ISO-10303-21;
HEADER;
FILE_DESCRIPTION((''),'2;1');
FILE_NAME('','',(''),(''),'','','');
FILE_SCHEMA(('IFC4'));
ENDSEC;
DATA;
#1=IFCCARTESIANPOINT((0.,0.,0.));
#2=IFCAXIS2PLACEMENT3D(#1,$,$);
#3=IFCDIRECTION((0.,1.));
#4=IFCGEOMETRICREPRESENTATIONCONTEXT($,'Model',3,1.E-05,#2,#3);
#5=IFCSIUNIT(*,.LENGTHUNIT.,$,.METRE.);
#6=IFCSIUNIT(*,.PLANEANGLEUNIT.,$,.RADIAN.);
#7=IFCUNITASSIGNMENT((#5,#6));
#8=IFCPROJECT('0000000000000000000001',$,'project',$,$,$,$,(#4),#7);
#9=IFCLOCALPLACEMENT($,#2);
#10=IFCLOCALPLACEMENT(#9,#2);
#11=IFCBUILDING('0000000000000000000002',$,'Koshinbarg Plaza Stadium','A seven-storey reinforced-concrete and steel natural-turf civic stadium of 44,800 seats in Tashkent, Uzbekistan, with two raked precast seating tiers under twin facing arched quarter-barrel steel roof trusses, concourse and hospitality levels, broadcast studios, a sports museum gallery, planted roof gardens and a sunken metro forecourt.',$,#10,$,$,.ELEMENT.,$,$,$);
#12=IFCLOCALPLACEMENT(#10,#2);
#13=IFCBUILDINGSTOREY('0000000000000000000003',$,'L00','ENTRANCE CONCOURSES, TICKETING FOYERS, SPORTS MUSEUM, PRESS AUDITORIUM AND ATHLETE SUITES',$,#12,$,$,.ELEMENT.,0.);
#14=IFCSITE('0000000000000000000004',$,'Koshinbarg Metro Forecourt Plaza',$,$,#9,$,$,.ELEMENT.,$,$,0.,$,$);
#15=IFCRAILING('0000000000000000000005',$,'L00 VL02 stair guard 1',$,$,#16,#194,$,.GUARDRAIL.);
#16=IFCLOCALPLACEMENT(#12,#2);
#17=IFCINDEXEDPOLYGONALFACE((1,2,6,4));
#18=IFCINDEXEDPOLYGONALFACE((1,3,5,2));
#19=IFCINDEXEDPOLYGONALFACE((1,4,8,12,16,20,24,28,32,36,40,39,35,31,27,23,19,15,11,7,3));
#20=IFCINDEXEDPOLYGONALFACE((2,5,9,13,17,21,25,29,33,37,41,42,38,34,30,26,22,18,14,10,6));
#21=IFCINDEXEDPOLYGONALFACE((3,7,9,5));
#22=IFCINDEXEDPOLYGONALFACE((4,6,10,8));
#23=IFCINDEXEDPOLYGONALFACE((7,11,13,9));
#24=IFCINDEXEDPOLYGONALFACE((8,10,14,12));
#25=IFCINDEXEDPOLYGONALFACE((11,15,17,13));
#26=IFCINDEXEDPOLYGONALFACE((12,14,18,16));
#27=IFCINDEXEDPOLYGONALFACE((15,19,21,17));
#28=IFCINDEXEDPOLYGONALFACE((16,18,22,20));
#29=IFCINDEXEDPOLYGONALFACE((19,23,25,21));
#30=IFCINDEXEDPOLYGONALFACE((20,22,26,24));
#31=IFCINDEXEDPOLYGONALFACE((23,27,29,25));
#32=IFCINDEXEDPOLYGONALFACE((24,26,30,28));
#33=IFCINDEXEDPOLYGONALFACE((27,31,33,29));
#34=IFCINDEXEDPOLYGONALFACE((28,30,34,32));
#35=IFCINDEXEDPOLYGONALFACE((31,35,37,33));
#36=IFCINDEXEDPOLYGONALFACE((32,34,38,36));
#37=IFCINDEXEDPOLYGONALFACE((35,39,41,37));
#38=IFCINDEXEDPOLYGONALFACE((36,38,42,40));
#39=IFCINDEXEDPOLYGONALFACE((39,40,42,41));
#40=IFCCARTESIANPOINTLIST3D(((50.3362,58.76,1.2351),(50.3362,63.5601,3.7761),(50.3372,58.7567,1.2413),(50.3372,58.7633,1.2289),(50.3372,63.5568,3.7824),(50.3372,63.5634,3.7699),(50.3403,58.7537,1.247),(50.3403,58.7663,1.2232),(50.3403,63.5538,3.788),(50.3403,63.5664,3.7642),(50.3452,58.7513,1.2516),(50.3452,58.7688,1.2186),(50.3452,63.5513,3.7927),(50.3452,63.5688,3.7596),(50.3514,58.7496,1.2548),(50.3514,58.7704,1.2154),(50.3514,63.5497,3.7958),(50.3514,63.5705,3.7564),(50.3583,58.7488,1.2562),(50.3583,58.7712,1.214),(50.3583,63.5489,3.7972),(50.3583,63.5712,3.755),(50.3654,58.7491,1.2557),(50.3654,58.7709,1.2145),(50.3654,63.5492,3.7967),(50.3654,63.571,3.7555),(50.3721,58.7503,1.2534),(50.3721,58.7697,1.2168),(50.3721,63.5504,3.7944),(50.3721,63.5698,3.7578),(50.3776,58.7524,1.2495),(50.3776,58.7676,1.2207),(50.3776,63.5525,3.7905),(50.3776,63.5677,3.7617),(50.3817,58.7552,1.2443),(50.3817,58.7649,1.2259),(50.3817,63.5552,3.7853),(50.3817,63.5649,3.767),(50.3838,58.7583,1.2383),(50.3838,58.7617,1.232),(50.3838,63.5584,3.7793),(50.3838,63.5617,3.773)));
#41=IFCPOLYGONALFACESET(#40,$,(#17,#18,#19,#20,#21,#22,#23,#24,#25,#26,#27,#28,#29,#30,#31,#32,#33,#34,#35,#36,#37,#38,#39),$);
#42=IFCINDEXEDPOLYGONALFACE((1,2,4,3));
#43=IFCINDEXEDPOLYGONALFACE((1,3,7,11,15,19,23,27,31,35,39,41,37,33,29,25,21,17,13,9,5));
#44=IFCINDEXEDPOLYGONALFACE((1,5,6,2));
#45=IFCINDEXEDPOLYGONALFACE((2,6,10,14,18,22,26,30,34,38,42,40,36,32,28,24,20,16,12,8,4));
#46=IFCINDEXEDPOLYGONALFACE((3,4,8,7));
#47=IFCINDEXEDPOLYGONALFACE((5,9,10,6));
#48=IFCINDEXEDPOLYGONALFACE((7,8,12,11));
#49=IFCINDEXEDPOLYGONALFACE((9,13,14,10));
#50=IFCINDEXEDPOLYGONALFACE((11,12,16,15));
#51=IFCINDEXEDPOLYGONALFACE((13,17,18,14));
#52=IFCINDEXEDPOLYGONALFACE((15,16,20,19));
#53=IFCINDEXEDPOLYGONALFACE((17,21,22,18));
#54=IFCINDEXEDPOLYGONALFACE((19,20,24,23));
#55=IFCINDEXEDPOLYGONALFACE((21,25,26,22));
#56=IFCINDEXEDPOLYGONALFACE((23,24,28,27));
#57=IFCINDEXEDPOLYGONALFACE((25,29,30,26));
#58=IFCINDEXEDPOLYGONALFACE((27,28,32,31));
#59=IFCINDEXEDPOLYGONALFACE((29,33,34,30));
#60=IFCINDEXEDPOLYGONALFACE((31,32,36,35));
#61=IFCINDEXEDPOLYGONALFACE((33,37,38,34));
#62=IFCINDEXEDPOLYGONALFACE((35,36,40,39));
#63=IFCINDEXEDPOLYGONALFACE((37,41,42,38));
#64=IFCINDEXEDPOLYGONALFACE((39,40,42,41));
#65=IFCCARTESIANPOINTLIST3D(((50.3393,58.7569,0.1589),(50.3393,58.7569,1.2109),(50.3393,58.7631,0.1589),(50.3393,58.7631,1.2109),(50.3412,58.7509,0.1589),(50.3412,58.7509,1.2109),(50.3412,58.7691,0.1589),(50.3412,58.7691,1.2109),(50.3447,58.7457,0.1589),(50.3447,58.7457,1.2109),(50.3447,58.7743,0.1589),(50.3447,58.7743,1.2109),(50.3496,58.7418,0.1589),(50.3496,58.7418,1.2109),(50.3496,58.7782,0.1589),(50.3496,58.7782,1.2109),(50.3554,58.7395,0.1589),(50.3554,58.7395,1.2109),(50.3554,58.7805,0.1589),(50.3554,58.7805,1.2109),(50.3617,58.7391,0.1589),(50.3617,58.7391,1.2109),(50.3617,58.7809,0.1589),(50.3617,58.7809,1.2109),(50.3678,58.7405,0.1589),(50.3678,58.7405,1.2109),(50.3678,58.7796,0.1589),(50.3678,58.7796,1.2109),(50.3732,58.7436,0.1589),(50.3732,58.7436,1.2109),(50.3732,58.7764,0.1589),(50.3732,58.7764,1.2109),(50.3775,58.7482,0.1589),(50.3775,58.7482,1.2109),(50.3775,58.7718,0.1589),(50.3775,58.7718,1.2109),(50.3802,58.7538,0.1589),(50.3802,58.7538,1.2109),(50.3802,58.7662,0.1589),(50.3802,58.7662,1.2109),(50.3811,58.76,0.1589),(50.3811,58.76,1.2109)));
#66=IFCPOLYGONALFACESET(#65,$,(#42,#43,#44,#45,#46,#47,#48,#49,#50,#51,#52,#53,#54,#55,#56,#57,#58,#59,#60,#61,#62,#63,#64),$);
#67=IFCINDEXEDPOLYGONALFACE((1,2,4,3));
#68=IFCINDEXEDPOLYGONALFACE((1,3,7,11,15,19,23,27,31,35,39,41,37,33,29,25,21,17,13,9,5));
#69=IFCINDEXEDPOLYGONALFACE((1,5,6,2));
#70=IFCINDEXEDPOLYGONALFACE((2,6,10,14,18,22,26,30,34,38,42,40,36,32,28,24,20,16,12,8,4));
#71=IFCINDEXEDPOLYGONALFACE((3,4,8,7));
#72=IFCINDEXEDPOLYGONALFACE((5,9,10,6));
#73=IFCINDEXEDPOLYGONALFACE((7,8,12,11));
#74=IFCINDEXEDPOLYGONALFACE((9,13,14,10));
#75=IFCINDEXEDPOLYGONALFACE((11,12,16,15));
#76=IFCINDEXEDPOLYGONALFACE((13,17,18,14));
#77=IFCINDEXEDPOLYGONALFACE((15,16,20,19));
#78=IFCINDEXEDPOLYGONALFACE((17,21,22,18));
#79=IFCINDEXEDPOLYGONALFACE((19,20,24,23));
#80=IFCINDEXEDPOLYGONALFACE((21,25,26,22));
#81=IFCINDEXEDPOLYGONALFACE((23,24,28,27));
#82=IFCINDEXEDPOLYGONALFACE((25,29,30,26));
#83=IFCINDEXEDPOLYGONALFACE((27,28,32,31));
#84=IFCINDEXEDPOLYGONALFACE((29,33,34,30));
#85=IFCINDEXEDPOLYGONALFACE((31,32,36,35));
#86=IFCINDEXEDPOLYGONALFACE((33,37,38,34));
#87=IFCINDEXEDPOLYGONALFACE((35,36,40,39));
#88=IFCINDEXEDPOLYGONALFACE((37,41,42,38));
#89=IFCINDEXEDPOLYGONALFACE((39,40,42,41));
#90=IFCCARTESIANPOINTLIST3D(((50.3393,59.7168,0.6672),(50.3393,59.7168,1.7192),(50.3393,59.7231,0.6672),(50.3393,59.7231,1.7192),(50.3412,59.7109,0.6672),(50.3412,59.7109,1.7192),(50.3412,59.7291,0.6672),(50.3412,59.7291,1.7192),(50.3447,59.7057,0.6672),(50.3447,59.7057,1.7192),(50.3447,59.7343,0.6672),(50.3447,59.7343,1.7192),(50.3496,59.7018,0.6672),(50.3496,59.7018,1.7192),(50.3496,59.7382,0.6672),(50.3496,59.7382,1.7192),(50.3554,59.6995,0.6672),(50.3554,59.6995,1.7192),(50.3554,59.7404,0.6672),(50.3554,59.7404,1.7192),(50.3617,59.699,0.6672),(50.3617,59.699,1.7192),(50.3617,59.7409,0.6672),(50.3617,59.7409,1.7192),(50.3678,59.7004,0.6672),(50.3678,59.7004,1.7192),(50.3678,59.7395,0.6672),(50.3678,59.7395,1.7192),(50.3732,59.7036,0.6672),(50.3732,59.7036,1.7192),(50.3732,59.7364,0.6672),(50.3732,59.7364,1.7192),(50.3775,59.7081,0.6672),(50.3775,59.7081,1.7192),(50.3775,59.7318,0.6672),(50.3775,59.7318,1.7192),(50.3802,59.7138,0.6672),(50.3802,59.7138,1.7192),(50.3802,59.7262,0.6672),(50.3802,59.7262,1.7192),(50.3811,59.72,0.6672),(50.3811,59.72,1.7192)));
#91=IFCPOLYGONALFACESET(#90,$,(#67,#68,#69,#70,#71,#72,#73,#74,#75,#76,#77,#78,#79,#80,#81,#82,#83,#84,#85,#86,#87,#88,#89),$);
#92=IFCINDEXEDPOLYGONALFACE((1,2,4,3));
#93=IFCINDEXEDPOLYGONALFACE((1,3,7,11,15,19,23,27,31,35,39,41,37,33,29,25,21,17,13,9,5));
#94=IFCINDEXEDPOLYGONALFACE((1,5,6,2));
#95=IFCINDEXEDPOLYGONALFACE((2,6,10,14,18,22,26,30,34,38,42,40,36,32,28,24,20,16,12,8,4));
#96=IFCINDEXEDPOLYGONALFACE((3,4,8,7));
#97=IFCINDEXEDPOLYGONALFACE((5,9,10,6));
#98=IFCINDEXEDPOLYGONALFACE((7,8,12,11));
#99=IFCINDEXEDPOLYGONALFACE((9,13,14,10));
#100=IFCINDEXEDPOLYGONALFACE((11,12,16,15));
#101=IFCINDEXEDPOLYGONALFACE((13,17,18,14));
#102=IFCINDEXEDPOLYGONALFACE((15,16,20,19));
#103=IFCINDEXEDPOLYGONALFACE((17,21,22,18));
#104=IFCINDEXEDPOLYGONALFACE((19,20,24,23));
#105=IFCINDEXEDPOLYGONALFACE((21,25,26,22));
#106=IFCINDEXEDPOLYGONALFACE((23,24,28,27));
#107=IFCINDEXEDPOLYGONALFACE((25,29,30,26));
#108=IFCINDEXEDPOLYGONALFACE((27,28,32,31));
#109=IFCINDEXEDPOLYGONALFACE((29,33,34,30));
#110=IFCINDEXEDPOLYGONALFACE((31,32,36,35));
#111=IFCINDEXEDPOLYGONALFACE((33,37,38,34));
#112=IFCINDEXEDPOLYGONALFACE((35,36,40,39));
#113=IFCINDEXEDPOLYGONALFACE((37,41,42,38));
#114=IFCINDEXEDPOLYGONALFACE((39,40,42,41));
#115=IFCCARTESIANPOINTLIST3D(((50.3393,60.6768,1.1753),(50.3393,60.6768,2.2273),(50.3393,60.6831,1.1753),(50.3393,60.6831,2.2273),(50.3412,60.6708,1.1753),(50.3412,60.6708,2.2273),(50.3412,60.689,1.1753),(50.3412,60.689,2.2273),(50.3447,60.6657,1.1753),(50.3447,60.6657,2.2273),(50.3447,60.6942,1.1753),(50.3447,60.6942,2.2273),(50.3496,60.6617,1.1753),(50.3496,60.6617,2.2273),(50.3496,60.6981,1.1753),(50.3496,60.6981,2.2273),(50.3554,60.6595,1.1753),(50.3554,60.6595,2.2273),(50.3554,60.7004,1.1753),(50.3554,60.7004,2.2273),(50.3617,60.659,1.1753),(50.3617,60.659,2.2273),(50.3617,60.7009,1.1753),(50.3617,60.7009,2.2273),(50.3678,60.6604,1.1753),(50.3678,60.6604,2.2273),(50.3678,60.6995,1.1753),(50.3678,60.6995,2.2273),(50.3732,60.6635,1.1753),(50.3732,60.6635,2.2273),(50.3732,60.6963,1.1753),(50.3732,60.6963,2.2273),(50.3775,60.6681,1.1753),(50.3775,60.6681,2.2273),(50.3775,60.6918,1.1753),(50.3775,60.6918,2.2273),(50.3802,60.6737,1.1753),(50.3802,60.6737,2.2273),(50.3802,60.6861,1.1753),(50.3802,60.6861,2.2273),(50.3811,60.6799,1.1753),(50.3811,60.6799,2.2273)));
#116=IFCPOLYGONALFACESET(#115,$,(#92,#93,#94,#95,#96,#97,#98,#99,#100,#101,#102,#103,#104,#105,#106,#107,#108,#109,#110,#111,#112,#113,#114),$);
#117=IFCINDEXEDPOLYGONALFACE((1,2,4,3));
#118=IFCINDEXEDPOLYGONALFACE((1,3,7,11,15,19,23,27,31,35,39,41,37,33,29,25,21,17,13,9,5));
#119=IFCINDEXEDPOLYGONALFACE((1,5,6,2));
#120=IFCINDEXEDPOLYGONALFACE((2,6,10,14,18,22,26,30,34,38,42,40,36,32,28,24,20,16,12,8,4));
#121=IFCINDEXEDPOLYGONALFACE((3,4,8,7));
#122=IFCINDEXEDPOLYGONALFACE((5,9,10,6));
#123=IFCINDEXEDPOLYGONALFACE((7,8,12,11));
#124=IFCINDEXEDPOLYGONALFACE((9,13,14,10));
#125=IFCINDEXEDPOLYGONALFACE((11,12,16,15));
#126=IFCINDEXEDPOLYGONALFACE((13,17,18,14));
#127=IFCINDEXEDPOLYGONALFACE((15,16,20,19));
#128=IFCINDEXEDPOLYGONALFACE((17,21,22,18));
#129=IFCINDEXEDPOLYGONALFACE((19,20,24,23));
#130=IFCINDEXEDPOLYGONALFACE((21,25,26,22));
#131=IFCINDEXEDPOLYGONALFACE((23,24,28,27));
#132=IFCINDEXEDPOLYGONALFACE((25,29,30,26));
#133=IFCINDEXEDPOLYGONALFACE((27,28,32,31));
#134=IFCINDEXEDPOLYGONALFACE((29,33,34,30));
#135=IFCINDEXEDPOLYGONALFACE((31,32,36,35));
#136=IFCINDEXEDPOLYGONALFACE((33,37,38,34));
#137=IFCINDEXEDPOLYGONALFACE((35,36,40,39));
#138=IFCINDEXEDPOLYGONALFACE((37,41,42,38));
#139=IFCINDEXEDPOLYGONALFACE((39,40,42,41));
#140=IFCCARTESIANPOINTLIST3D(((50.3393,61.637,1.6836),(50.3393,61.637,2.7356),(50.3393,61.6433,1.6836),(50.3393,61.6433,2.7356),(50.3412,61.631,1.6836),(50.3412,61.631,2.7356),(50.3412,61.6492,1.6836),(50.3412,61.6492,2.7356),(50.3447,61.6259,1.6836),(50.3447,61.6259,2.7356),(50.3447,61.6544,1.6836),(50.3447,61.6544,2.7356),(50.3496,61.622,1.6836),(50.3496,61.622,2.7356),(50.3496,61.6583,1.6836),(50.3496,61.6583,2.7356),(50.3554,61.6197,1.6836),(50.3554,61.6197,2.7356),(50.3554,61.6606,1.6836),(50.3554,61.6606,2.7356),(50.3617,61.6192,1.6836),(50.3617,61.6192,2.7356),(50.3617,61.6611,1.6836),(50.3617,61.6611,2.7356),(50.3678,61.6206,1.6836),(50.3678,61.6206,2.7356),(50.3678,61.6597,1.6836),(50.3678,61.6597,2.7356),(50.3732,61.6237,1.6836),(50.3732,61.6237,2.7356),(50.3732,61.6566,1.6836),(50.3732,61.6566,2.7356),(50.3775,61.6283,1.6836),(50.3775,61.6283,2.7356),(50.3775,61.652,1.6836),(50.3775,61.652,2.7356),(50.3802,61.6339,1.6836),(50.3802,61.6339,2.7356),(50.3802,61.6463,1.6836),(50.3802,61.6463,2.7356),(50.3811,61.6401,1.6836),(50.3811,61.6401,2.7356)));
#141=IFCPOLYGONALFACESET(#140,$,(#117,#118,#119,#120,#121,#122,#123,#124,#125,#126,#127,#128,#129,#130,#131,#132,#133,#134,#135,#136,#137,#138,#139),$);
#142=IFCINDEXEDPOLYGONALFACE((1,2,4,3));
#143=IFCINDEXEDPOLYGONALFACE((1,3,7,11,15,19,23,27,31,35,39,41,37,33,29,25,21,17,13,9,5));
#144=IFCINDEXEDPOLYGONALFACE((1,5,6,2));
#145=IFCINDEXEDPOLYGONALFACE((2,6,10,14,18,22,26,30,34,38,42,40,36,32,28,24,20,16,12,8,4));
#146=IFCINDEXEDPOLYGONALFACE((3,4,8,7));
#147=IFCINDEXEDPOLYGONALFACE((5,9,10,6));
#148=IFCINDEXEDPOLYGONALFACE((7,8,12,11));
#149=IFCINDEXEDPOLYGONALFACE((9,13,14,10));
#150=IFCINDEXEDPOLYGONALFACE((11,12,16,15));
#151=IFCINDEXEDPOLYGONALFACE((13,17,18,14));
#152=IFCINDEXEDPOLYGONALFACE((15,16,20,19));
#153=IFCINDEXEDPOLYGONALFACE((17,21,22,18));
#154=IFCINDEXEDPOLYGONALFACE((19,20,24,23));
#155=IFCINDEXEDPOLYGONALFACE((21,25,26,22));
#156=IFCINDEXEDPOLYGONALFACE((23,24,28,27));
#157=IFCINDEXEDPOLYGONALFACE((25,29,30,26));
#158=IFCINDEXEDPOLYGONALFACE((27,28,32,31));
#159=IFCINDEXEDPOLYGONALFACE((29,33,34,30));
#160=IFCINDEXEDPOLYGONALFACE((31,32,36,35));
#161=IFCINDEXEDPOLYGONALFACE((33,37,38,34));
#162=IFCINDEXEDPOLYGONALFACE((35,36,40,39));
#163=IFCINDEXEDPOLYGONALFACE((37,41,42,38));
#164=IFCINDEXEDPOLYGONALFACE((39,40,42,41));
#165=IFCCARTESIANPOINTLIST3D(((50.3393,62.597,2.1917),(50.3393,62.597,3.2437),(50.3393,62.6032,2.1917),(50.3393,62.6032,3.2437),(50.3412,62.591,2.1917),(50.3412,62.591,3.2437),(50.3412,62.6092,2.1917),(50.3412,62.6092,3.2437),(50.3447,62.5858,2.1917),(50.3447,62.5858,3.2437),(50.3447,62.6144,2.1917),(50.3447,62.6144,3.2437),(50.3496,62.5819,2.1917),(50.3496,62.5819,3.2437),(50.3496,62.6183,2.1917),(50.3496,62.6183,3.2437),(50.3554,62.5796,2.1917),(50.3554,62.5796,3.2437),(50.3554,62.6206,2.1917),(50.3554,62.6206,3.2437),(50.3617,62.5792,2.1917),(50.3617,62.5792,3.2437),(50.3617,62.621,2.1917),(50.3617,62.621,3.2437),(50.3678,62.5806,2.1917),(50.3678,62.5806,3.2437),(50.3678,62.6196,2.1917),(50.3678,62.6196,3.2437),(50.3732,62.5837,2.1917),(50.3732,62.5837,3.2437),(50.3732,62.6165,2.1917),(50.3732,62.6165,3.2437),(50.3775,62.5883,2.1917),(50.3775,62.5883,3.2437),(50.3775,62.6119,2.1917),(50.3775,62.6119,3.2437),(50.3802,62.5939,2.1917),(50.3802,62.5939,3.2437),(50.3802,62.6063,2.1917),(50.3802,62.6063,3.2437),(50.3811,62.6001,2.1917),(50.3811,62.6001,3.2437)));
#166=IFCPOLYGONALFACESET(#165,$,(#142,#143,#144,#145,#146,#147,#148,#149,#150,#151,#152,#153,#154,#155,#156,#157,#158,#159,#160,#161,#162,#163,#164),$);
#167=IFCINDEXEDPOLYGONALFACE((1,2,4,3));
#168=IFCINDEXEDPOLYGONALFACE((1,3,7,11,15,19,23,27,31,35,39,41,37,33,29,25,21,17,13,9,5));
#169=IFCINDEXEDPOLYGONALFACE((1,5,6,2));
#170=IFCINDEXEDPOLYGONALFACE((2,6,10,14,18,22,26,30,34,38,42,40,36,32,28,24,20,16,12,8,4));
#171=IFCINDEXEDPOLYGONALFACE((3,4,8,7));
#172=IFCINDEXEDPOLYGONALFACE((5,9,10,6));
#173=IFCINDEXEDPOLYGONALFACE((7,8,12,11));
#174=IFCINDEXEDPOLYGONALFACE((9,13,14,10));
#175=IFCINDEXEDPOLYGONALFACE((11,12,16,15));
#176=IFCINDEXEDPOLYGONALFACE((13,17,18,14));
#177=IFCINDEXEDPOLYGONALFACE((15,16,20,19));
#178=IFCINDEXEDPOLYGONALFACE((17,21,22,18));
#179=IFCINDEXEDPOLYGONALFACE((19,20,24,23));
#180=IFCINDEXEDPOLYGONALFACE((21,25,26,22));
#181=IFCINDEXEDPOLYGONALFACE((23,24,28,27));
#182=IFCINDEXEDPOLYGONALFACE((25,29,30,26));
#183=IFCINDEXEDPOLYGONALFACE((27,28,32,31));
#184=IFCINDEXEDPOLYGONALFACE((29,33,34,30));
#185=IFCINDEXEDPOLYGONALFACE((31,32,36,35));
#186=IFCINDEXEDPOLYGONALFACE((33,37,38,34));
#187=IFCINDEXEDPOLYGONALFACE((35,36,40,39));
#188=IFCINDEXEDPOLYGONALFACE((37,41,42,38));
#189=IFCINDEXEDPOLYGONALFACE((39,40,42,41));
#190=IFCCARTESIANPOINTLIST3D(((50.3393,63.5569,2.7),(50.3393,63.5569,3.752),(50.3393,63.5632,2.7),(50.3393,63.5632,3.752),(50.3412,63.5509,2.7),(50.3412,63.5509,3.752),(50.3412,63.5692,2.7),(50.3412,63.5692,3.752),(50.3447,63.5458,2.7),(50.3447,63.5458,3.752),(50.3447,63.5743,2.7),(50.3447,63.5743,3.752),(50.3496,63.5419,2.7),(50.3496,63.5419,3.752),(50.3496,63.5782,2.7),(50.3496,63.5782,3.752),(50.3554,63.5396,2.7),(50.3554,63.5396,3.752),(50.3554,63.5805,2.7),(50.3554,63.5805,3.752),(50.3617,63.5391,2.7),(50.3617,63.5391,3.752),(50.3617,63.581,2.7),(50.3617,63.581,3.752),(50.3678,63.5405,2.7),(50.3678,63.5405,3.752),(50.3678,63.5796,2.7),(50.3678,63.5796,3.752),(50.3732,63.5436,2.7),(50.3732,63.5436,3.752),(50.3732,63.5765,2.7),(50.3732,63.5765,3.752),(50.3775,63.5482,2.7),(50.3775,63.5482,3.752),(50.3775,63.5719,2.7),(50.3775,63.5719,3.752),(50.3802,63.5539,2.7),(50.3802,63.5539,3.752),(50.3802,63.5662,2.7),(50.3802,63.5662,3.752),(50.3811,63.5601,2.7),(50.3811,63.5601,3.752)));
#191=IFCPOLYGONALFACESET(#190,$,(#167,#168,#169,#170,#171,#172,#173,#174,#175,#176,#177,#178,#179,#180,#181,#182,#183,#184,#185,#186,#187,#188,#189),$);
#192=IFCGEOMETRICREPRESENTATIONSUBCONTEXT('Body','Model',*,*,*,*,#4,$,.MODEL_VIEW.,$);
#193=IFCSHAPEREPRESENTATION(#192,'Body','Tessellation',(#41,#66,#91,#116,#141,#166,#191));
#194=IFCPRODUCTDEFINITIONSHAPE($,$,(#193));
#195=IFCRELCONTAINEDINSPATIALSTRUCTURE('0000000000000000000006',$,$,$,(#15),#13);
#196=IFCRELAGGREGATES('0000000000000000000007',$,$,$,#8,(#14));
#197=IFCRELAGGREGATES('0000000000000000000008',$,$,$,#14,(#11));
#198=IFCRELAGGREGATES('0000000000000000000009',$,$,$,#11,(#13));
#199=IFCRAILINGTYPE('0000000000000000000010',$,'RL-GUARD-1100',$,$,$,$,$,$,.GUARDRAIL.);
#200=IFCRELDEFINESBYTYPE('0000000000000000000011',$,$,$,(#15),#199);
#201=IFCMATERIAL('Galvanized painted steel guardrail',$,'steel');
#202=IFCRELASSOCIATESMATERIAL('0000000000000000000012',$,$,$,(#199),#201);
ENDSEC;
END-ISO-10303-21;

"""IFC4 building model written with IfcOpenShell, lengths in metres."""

from ifc_helpers import new_model, si_unit, direction, frame, origin, origin_2d, place, context, subcontext, project, spatial, circle, extrude, material, type_object, element, save


model = new_model("IFC4")

# Units and contexts
model_context = context("Model", 3, precision=1e-05, world=origin(), true_north=direction((0.0, 1.0)))
body_context = subcontext(model_context, "Body", "Model", "MODEL_VIEW")
ifc_project = project(units=[si_unit("LENGTHUNIT", "METRE"), si_unit("PLANEANGLEUNIT", "RADIAN")], contexts=[model_context])

# Site, building, storey
site_placement = place(None, origin())
site = spatial("IfcSite", under=ifc_project, at=site_placement, Name="Koshinbarg Metro Forecourt Plaza", CompositionType="ELEMENT", RefElevation=0.0)
building_placement = place(site_placement, origin())
building = spatial("IfcBuilding", under=site, at=building_placement, Name="Koshinbarg Plaza Stadium", Description="A seven-storey reinforced-concrete and steel natural-turf civic stadium of 44,800 seats in Tashkent, Uzbekistan, with two raked precast seating tiers under twin facing arched quarter-barrel steel roof trusses, concourse and hospitality levels, broadcast studios, a sports museum gallery, planted roof gardens and a sunken metro forecourt.", CompositionType="ELEMENT")
storey_placement = place(building_placement, origin())
storey = spatial("IfcBuildingStorey", under=building, at=storey_placement, Name="L00", Description="ENTRANCE CONCOURSES, TICKETING FOYERS, SPORTS MUSEUM, PRESS AUDITORIUM AND ATHLETE SUITES", CompositionType="ELEMENT", Elevation=0.0)

# Railing
ifc_material_1 = material(Name="Galvanized painted steel guardrail", Category="steel")
railing_type_1 = type_object("IfcRailingType", Name="RL-GUARD-1100", PredefinedType="GUARDRAIL", material=ifc_material_1)
railing_1_placement = place(storey_placement, frame((50.3601, 58.76, 0.1589)))
element("IfcRailing", 1, at=railing_1_placement, inside=storey, type_object=railing_type_1, Name="L00 VL02 stair guard 1", PredefinedType="GUARDRAIL", context=body_context, shape_type="SweptSolid", body=[
    extrude(circle(Radius=0.0239, at=origin_2d()), frame((0.0, 0.0, 1.0762), z_axis=(0.0, 0.883802, 0.467861), x_axis=(-1.0, 0.0, 0.0)), (0.0, 0.0, 1.0), 5.4312),
    extrude(circle(Radius=0.021, at=origin_2d()), origin(), (0.0, 0.0, 1.0), 1.052),
    extrude(circle(Radius=0.021, at=origin_2d()), frame((0.0, 0.96, 0.5083)), (0.0, 0.0, 1.0), 1.052),
    extrude(circle(Radius=0.021, at=origin_2d()), frame((0.0, 1.9199, 1.0164)), (0.0, 0.0, 1.0), 1.052),
    extrude(circle(Radius=0.021, at=origin_2d()), frame((0.0, 2.8801, 1.5247)), (0.0, 0.0, 1.0), 1.052),
    extrude(circle(Radius=0.021, at=origin_2d()), frame((0.0, 3.8401, 2.0327)), (0.0, 0.0, 1.0), 1.052),
    extrude(circle(Radius=0.021, at=origin_2d()), frame((0.0, 4.8, 2.541)), (0.0, 0.0, 1.0), 1.052),
])

save(model, "model.ifc")
